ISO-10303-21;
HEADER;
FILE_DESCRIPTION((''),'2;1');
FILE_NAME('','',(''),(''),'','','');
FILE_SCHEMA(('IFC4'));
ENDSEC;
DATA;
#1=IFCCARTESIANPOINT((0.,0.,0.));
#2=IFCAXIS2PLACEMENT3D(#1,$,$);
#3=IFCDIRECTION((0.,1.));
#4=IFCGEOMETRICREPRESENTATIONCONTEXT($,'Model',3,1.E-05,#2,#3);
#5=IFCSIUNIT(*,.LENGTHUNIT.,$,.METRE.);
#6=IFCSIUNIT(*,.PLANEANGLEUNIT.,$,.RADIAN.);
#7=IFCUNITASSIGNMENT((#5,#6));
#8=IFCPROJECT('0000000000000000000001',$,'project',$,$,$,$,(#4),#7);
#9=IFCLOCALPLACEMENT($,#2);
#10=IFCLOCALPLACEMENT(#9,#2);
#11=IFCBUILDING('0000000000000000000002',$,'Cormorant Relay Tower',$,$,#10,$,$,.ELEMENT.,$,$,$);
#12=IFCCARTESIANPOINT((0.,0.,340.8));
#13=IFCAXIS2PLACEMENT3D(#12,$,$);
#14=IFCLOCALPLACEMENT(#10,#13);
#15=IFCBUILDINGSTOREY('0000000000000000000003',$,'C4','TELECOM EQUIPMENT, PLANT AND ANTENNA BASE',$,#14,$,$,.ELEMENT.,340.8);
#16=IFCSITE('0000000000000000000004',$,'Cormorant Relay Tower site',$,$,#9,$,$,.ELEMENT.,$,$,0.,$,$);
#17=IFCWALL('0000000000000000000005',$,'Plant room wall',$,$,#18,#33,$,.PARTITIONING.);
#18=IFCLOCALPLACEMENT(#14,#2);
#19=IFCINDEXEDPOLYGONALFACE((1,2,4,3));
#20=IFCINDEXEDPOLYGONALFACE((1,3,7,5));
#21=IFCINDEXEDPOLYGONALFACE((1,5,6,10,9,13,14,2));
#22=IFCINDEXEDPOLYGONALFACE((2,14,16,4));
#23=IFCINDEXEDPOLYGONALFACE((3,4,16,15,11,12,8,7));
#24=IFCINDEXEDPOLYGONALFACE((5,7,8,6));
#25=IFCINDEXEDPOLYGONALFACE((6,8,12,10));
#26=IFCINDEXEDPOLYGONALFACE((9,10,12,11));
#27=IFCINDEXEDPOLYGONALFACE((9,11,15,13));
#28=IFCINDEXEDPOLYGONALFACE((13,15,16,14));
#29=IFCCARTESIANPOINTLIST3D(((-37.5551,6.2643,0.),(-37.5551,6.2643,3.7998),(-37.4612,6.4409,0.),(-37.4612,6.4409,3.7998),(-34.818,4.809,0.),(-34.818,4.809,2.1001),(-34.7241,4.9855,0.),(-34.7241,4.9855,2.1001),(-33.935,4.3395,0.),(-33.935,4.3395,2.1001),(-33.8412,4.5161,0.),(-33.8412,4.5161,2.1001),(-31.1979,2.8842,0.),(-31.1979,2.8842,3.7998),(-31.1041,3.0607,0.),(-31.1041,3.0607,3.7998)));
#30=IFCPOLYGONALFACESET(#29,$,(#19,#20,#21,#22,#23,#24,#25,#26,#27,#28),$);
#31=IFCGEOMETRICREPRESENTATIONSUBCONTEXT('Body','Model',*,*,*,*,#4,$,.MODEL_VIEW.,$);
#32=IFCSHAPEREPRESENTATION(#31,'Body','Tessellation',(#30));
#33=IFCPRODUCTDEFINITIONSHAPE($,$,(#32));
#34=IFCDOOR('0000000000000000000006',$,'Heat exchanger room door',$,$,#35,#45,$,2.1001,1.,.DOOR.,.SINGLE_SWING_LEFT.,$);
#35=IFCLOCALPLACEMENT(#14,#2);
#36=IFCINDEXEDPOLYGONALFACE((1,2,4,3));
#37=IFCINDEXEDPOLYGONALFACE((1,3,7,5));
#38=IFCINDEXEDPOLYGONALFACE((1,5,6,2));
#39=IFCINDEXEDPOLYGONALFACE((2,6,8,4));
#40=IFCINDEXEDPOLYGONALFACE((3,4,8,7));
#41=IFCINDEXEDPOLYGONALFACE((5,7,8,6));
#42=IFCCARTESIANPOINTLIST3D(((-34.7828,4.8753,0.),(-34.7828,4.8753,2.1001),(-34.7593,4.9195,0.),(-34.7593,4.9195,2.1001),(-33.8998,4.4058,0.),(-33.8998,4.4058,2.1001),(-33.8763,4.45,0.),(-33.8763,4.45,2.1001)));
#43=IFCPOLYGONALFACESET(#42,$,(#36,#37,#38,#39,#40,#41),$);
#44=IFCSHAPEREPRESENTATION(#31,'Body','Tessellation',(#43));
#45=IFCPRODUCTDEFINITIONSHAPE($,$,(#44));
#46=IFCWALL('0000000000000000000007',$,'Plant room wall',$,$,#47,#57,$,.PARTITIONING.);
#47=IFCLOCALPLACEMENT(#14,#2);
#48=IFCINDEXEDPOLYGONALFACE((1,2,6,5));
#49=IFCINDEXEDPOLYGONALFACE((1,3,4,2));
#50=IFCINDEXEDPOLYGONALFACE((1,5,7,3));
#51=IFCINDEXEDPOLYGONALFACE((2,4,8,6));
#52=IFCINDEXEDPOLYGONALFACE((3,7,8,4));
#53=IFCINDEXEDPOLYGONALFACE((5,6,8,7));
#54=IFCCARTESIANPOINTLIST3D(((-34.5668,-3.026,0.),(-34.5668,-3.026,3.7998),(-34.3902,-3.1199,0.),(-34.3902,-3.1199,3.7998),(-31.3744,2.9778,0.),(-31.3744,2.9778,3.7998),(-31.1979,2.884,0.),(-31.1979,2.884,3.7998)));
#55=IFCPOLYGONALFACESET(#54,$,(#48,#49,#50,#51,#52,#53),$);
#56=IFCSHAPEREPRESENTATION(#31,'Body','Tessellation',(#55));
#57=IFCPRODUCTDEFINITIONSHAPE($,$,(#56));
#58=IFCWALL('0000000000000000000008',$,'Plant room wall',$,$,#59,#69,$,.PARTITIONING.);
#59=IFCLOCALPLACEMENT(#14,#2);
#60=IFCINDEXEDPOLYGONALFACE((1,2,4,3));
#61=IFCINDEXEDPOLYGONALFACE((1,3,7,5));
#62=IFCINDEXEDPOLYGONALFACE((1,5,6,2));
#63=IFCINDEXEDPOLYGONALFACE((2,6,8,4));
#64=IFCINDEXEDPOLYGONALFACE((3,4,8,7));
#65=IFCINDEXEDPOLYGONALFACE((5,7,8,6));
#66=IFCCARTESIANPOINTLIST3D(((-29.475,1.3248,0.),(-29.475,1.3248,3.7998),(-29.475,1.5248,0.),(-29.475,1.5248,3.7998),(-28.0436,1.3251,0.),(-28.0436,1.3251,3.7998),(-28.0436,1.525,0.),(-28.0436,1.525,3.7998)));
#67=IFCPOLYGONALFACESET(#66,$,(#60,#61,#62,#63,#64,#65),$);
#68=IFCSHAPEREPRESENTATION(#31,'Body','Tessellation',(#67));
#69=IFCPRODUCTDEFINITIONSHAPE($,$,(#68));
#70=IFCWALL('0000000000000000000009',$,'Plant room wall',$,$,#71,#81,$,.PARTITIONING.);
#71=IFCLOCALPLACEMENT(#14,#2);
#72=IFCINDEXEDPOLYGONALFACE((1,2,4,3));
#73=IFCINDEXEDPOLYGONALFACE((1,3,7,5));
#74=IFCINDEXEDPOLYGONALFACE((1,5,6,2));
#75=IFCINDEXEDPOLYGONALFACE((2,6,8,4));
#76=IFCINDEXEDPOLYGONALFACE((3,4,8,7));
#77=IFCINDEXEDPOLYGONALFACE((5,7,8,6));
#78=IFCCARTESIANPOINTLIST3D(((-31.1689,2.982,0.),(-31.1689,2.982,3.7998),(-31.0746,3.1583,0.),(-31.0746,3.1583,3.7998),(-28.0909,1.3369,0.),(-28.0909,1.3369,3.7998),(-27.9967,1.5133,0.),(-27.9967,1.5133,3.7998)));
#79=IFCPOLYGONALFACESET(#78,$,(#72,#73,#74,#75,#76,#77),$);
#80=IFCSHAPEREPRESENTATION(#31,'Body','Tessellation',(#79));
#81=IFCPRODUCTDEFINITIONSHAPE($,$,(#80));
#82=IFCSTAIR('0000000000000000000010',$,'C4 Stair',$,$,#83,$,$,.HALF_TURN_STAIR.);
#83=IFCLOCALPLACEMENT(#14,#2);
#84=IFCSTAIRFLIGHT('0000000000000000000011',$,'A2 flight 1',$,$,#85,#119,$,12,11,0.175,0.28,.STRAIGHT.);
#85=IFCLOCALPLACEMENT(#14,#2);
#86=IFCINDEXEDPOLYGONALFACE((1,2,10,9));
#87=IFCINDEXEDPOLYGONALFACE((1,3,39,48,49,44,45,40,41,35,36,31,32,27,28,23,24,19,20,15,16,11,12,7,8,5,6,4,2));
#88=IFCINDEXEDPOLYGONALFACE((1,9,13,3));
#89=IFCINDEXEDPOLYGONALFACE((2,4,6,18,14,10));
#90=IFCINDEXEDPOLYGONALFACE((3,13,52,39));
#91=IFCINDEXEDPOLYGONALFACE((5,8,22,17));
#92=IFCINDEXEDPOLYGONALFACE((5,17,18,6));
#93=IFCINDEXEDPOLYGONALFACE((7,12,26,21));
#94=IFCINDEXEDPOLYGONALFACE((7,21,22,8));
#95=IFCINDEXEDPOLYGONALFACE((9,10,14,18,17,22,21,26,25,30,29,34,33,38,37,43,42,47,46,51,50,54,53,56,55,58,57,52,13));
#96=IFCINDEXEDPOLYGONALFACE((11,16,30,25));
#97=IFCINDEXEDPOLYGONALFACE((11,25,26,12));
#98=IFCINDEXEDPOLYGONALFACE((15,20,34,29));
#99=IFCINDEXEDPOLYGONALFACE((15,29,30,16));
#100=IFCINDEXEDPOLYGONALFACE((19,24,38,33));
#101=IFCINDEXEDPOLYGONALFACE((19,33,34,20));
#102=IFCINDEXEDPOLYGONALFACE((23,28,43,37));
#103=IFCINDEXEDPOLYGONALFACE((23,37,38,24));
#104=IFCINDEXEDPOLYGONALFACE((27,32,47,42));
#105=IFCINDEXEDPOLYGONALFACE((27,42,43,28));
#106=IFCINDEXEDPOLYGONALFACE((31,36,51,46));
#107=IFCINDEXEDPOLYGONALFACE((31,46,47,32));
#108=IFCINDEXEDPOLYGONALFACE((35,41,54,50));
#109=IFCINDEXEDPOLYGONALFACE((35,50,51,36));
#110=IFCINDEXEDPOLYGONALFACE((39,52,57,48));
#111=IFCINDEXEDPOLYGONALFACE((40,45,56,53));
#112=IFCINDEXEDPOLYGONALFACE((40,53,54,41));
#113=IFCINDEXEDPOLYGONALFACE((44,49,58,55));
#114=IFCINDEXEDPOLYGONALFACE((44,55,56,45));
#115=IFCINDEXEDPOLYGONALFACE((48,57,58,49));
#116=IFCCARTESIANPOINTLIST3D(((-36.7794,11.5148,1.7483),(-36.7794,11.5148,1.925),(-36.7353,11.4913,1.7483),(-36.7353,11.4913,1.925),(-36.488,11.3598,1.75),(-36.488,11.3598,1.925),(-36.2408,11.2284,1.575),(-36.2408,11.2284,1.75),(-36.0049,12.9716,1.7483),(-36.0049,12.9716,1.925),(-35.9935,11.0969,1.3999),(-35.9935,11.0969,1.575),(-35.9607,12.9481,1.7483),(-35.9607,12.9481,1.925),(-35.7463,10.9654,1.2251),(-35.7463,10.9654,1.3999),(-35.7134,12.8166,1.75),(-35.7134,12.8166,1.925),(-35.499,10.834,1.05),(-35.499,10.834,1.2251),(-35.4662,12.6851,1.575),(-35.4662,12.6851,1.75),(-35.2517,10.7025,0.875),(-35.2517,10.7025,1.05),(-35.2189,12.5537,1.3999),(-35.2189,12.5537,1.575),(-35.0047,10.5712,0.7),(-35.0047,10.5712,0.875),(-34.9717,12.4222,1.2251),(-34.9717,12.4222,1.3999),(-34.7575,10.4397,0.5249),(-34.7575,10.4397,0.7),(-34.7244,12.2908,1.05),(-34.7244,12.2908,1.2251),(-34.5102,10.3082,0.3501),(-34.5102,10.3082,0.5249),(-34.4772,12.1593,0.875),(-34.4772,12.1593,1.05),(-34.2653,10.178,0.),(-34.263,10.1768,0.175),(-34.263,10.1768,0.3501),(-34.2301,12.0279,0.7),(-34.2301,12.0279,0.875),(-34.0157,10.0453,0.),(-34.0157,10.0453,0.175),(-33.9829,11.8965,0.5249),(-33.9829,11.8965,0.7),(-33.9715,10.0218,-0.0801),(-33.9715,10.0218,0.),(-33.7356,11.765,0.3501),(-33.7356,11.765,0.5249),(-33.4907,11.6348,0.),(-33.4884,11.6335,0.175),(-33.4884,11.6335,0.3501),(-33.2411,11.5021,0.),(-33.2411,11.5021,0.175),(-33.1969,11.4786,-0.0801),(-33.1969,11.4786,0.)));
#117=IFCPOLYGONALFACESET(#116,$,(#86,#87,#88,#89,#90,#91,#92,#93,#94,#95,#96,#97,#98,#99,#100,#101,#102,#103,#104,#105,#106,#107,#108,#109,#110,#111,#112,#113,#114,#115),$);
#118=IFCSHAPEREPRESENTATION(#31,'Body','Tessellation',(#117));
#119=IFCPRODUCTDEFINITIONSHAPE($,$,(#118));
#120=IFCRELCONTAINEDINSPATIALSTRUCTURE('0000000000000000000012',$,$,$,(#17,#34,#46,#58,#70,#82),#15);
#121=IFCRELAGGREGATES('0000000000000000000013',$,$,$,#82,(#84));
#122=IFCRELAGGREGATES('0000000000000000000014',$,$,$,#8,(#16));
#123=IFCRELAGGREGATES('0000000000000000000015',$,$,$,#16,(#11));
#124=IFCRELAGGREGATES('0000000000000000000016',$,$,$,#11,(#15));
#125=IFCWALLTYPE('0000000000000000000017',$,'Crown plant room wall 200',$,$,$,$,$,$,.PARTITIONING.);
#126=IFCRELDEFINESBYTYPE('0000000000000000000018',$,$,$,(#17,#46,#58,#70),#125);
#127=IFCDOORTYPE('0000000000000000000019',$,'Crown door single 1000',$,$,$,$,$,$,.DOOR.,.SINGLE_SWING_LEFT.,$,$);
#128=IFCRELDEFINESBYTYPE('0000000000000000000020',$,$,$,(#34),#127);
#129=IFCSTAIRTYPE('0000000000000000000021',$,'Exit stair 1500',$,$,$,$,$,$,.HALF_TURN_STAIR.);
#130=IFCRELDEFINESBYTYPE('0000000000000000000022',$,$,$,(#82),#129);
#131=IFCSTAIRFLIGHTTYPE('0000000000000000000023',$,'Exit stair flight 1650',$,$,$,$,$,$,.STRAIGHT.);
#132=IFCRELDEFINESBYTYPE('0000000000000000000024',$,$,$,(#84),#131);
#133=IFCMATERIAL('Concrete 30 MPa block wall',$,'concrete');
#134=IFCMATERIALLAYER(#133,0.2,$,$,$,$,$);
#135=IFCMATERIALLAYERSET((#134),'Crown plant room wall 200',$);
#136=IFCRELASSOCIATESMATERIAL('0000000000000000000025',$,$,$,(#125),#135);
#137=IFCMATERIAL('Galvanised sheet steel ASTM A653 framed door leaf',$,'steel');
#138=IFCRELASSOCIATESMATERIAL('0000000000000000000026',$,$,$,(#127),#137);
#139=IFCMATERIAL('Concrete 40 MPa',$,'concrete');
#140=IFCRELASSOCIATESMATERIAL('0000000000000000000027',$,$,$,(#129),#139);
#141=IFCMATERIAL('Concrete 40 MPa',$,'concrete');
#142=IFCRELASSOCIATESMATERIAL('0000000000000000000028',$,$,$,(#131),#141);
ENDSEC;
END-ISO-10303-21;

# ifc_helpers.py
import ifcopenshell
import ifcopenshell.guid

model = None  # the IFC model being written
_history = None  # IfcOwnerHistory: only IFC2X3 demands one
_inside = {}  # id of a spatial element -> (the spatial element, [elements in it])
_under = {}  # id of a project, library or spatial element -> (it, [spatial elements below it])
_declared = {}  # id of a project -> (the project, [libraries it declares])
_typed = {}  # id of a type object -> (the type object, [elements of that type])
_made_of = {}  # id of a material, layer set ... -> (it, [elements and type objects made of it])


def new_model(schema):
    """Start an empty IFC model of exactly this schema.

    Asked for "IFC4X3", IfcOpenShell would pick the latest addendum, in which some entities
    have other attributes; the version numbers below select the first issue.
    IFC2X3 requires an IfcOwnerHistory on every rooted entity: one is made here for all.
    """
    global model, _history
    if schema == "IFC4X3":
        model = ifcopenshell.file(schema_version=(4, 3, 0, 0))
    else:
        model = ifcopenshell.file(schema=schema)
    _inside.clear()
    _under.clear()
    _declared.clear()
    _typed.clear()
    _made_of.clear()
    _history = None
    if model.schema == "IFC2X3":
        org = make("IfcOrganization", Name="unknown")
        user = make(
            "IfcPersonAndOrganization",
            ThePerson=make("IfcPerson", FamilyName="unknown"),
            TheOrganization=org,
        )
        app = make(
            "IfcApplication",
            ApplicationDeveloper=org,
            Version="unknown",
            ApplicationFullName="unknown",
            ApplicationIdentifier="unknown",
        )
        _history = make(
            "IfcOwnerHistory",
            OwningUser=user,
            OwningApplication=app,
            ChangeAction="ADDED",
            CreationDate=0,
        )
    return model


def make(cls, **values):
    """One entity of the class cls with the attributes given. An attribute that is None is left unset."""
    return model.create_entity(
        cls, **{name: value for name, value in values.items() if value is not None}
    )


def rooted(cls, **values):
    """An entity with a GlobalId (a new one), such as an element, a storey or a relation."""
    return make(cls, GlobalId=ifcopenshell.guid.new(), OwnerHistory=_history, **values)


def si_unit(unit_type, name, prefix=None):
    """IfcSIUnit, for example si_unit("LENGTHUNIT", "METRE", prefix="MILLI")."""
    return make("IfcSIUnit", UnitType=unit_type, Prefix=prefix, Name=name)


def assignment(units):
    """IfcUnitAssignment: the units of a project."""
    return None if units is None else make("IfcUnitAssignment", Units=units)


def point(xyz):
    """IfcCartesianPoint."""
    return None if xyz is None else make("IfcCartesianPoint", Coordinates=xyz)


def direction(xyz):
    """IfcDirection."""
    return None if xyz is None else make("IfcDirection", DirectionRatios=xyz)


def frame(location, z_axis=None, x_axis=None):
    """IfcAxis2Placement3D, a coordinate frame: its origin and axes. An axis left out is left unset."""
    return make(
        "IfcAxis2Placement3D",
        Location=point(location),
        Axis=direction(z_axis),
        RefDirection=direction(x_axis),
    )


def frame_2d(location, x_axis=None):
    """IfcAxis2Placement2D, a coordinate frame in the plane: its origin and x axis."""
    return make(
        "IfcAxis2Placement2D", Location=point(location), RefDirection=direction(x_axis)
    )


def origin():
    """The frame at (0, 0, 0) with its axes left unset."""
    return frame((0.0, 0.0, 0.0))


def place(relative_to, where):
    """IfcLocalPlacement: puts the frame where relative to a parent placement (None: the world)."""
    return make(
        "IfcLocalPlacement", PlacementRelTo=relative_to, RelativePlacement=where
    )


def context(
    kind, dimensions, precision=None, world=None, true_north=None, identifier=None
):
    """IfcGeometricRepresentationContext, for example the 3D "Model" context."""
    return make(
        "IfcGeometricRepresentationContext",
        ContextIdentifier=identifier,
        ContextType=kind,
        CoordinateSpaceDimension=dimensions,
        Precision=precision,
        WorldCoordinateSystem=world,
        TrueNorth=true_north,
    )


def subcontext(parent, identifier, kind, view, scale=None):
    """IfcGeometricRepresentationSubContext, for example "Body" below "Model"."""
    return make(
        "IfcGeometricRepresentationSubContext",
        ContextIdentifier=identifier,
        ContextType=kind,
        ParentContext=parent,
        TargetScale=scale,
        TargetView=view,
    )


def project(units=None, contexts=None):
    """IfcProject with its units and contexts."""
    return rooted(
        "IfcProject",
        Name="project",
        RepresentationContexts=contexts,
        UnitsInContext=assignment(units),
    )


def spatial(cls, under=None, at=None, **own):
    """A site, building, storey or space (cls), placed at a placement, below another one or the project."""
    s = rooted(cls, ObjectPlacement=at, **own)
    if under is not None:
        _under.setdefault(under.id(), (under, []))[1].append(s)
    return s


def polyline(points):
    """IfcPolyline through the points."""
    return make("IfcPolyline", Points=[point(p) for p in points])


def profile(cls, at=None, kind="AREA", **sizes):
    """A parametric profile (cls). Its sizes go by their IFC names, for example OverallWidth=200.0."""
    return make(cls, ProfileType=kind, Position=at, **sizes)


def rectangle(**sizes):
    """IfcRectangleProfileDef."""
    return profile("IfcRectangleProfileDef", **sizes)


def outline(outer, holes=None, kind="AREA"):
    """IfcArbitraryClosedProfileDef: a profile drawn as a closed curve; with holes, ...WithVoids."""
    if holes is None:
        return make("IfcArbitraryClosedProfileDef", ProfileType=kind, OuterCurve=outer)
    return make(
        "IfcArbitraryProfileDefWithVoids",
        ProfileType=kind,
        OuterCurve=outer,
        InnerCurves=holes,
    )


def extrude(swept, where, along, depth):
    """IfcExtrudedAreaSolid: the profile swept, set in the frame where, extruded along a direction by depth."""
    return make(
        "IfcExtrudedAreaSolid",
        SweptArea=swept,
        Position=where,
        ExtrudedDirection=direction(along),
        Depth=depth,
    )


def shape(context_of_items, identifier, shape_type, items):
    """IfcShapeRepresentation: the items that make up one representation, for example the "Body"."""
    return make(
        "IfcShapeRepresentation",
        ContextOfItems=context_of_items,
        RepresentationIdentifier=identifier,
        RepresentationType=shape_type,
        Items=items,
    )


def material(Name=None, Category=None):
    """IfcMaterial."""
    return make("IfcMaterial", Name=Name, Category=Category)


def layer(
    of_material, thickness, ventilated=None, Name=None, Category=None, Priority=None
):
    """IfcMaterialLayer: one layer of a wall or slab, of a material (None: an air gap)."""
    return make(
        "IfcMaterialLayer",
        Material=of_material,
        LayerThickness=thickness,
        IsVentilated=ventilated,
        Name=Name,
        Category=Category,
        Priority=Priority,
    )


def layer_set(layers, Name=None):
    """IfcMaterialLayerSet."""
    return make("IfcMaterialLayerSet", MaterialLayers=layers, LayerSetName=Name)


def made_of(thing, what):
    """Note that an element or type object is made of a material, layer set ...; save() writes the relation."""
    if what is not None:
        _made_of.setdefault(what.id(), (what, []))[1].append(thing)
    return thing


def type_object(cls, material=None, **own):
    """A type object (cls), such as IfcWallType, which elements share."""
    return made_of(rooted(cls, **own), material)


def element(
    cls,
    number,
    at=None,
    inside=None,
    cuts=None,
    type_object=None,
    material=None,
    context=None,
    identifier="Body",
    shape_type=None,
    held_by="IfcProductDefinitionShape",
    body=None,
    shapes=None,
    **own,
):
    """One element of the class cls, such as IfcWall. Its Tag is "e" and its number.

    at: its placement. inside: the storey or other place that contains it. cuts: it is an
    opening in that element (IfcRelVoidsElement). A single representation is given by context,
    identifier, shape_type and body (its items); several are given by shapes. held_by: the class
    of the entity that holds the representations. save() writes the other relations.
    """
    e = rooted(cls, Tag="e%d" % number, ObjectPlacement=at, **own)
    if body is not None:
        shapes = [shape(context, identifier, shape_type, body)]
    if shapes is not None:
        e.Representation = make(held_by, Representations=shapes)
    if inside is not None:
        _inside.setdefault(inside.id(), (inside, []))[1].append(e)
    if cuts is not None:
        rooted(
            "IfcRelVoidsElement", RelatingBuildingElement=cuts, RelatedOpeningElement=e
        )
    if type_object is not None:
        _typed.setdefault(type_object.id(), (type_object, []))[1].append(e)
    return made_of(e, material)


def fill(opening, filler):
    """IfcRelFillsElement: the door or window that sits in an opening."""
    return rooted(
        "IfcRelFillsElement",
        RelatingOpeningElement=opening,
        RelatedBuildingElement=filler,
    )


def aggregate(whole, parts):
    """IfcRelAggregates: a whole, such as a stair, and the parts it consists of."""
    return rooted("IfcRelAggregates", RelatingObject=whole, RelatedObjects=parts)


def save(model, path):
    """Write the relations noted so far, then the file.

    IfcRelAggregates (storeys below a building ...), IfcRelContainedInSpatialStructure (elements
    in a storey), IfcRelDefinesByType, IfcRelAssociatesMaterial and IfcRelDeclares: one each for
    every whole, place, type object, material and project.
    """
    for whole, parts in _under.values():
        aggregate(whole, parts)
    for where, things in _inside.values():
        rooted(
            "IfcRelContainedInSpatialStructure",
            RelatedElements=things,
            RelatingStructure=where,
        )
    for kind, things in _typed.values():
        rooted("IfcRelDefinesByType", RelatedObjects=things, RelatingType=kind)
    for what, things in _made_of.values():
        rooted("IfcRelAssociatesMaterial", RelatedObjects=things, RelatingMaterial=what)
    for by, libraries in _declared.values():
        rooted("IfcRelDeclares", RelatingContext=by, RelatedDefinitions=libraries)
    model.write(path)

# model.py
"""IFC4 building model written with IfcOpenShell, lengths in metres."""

from ifc_helpers import new_model, si_unit, direction, frame, frame_2d, origin, place, context, subcontext, project, spatial, polyline, rectangle, outline, extrude, material, layer, layer_set, type_object, element, fill, aggregate, save


model = new_model("IFC4")

# Units and contexts
model_context = context("Model", 3, precision=1e-05, world=origin(), true_north=direction((0.0, 1.0)))
body_context = subcontext(model_context, "Body", "Model", "MODEL_VIEW")
ifc_project = project(units=[si_unit("LENGTHUNIT", "METRE"), si_unit("PLANEANGLEUNIT", "RADIAN")], contexts=[model_context])

# Site, building, storey
site_placement = place(None, origin())
site = spatial("IfcSite", under=ifc_project, at=site_placement, Name="Cormorant Relay Tower site", CompositionType="ELEMENT", RefElevation=0.0)
building_placement = place(site_placement, origin())
building = spatial("IfcBuilding", under=site, at=building_placement, Name="Cormorant Relay Tower", CompositionType="ELEMENT")
storey_placement = place(building_placement, frame((0.0, 0.0, 340.8)))
storey = spatial("IfcBuildingStorey", under=building, at=storey_placement, Name="C4", Description="TELECOM EQUIPMENT, PLANT AND ANTENNA BASE", CompositionType="ELEMENT", Elevation=340.8)

# Wall, opening, door
ifc_material_1 = material(Name="Concrete 30 MPa block wall", Category="concrete")
ifc_layer_1 = layer(ifc_material_1, 0.2)
ifc_layer_set_1 = layer_set([ifc_layer_1], Name="Crown plant room wall 200")
wall_type_1 = type_object("IfcWallType", Name="Crown plant room wall 200", PredefinedType="PARTITIONING", material=ifc_layer_set_1)
wall_1_placement = place(storey_placement, frame((-31.1509, 2.9724, 0.0), z_axis=(0.0, 0.0, 1.0), x_axis=(-0.88295, 0.469467, 0.0)))
wall_1 = element("IfcWall", 1, at=wall_1_placement, inside=storey, type_object=wall_type_1, Name="Plant room wall", PredefinedType="PARTITIONING", context=body_context, shape_type="SweptSolid", body=[
    extrude(rectangle(XDim=7.2, YDim=0.2, at=frame_2d((3.6001, 0.0))), origin(), (0.0, 0.0, 1.0), 3.7998),
])
opening_1_placement = place(wall_1_placement, frame((3.1001, 0.0, 0.0)))
opening_1 = element("IfcOpeningElement", 2, at=opening_1_placement, cuts=wall_1, PredefinedType="OPENING", context=body_context, shape_type="SweptSolid", body=[
    extrude(rectangle(XDim=1.0, YDim=2.1001, at=frame_2d((0.5, 1.05))), frame((0.0, 0.1099, 0.0), z_axis=(0.0, -1.0, 0.0), x_axis=(1.0, 0.0, 0.0)), (0.0, 0.0, 1.0), 0.22),
])
ifc_material_2 = material(Name="Galvanised sheet steel ASTM A653 framed door leaf", Category="steel")
door_type_1 = type_object("IfcDoorType", Name="Crown door single 1000", OperationType="SINGLE_SWING_LEFT", PredefinedType="DOOR", material=ifc_material_2)
door_1_placement = place(opening_1_placement, origin())
door_1 = element("IfcDoor", 3, at=door_1_placement, inside=storey, type_object=door_type_1, Name="Heat exchanger room door", OperationType="SINGLE_SWING_LEFT", OverallHeight=2.1001, OverallWidth=1.0, PredefinedType="DOOR", context=body_context, shape_type="SweptSolid", body=[
    extrude(rectangle(XDim=1.0, YDim=2.1001, at=frame_2d((0.5, 1.05))), frame((0.0, 0.0249, 0.0), z_axis=(0.0, -1.0, 0.0), x_axis=(1.0, 0.0, 0.0)), (0.0, 0.0, 1.0), 0.05),
])
fill(opening_1, door_1)

# Walls
wall_2_placement = place(storey_placement, frame((-31.2861, 2.9309, 0.0), z_axis=(0.0, 0.0, 1.0), x_axis=(-0.469477, -0.882945, 0.0)))
element("IfcWall", 4, at=wall_2_placement, inside=storey, type_object=wall_type_1, Name="Plant room wall", PredefinedType="PARTITIONING", context=body_context, shape_type="SweptSolid", body=[
    extrude(rectangle(XDim=6.7998, YDim=0.2, at=frame_2d((3.3999, 0.0))), origin(), (0.0, 0.0, 1.0), 3.7998),
])
wall_3_placement = place(storey_placement, frame((-29.4751, 1.4248, 0.0), z_axis=(0.0, 0.0, 1.0), x_axis=(1.0, 0.000171, 0.0)))
element("IfcWall", 5, at=wall_3_placement, inside=storey, type_object=wall_type_1, Name="Plant room wall", PredefinedType="PARTITIONING", context=body_context, shape_type="SweptSolid", body=[
    extrude(rectangle(XDim=1.4314, YDim=0.2, at=frame_2d((0.7158, 0.0))), origin(), (0.0, 0.0, 1.0), 3.7998),
])
wall_4_placement = place(storey_placement, frame((-28.0437, 1.425, 0.0), z_axis=(0.0, 0.0, 1.0), x_axis=(-0.881938, 0.471365, 0.0)))
element("IfcWall", 6, at=wall_4_placement, inside=storey, type_object=wall_type_1, Name="Plant room wall", PredefinedType="PARTITIONING", context=body_context, shape_type="SweptSolid", body=[
    extrude(rectangle(XDim=3.49, YDim=0.2, at=frame_2d((1.7451, 0.0))), origin(), (0.0, 0.0, 1.0), 3.7998),
])

# Stair, stair flight
ifc_material_3 = material(Name="Concrete 40 MPa", Category="concrete")
stair_type = type_object("IfcStairType", Name="Exit stair 1500", PredefinedType="HALF_TURN_STAIR", material=ifc_material_3)
stair_placement = place(storey_placement, origin())
stair = element("IfcStair", 7, at=stair_placement, inside=storey, type_object=stair_type, Name="C4 Stair", PredefinedType="HALF_TURN_STAIR")
ifc_material_4 = material(Name="Concrete 40 MPa", Category="concrete")
stair_flight_type = type_object("IfcStairFlightType", Name="Exit stair flight 1650", PredefinedType="STRAIGHT", material=ifc_material_4)
stair_flight_placement = place(storey_placement, frame((-33.6284, 10.7737, 0.0), z_axis=(0.0, 0.0, 1.0), x_axis=(-0.882948, 0.469472, 0.0)))
stair_flight = element("IfcStairFlight", 8, at=stair_flight_placement, type_object=stair_flight_type, Name="A2 flight 1", NumberOfRisers=12, NumberOfTreads=11, PredefinedType="STRAIGHT", RiserHeight=0.175, TreadLength=0.28, context=body_context, shape_type="SweptSolid", body=[
    extrude(outline(polyline([(-0.05, -0.0801), (-0.05, 0.0), (0.0, 0.0), (0.0, 0.175), (0.28, 0.175), (0.28, 0.3501), (0.5601, 0.3501), (0.5601, 0.5249), (0.8401, 0.5249), (0.8401, 0.7), (1.1201, 0.7), (1.1201, 0.875), (1.3999, 0.875), (1.3999, 1.05), (1.6799, 1.05), (1.6799, 1.2251), (1.96, 1.2251), (1.96, 1.3999), (2.24, 1.3999), (2.24, 1.575), (2.52, 1.575), (2.52, 1.75), (2.8, 1.75), (2.8, 1.925), (3.0801, 1.925), (3.1301, 1.925), (3.1301, 1.7483), (3.0801, 1.7483), (0.2827, 0.0), (-0.05, -0.0801)])), frame((0.0, 0.825, 0.0), z_axis=(0.0, -1.0, 0.0), x_axis=(1.0, 0.0, 0.0)), (0.0, 0.0, 1.0), 1.6499),
])
aggregate(stair, [stair_flight])

save(model, "model.ifc")
